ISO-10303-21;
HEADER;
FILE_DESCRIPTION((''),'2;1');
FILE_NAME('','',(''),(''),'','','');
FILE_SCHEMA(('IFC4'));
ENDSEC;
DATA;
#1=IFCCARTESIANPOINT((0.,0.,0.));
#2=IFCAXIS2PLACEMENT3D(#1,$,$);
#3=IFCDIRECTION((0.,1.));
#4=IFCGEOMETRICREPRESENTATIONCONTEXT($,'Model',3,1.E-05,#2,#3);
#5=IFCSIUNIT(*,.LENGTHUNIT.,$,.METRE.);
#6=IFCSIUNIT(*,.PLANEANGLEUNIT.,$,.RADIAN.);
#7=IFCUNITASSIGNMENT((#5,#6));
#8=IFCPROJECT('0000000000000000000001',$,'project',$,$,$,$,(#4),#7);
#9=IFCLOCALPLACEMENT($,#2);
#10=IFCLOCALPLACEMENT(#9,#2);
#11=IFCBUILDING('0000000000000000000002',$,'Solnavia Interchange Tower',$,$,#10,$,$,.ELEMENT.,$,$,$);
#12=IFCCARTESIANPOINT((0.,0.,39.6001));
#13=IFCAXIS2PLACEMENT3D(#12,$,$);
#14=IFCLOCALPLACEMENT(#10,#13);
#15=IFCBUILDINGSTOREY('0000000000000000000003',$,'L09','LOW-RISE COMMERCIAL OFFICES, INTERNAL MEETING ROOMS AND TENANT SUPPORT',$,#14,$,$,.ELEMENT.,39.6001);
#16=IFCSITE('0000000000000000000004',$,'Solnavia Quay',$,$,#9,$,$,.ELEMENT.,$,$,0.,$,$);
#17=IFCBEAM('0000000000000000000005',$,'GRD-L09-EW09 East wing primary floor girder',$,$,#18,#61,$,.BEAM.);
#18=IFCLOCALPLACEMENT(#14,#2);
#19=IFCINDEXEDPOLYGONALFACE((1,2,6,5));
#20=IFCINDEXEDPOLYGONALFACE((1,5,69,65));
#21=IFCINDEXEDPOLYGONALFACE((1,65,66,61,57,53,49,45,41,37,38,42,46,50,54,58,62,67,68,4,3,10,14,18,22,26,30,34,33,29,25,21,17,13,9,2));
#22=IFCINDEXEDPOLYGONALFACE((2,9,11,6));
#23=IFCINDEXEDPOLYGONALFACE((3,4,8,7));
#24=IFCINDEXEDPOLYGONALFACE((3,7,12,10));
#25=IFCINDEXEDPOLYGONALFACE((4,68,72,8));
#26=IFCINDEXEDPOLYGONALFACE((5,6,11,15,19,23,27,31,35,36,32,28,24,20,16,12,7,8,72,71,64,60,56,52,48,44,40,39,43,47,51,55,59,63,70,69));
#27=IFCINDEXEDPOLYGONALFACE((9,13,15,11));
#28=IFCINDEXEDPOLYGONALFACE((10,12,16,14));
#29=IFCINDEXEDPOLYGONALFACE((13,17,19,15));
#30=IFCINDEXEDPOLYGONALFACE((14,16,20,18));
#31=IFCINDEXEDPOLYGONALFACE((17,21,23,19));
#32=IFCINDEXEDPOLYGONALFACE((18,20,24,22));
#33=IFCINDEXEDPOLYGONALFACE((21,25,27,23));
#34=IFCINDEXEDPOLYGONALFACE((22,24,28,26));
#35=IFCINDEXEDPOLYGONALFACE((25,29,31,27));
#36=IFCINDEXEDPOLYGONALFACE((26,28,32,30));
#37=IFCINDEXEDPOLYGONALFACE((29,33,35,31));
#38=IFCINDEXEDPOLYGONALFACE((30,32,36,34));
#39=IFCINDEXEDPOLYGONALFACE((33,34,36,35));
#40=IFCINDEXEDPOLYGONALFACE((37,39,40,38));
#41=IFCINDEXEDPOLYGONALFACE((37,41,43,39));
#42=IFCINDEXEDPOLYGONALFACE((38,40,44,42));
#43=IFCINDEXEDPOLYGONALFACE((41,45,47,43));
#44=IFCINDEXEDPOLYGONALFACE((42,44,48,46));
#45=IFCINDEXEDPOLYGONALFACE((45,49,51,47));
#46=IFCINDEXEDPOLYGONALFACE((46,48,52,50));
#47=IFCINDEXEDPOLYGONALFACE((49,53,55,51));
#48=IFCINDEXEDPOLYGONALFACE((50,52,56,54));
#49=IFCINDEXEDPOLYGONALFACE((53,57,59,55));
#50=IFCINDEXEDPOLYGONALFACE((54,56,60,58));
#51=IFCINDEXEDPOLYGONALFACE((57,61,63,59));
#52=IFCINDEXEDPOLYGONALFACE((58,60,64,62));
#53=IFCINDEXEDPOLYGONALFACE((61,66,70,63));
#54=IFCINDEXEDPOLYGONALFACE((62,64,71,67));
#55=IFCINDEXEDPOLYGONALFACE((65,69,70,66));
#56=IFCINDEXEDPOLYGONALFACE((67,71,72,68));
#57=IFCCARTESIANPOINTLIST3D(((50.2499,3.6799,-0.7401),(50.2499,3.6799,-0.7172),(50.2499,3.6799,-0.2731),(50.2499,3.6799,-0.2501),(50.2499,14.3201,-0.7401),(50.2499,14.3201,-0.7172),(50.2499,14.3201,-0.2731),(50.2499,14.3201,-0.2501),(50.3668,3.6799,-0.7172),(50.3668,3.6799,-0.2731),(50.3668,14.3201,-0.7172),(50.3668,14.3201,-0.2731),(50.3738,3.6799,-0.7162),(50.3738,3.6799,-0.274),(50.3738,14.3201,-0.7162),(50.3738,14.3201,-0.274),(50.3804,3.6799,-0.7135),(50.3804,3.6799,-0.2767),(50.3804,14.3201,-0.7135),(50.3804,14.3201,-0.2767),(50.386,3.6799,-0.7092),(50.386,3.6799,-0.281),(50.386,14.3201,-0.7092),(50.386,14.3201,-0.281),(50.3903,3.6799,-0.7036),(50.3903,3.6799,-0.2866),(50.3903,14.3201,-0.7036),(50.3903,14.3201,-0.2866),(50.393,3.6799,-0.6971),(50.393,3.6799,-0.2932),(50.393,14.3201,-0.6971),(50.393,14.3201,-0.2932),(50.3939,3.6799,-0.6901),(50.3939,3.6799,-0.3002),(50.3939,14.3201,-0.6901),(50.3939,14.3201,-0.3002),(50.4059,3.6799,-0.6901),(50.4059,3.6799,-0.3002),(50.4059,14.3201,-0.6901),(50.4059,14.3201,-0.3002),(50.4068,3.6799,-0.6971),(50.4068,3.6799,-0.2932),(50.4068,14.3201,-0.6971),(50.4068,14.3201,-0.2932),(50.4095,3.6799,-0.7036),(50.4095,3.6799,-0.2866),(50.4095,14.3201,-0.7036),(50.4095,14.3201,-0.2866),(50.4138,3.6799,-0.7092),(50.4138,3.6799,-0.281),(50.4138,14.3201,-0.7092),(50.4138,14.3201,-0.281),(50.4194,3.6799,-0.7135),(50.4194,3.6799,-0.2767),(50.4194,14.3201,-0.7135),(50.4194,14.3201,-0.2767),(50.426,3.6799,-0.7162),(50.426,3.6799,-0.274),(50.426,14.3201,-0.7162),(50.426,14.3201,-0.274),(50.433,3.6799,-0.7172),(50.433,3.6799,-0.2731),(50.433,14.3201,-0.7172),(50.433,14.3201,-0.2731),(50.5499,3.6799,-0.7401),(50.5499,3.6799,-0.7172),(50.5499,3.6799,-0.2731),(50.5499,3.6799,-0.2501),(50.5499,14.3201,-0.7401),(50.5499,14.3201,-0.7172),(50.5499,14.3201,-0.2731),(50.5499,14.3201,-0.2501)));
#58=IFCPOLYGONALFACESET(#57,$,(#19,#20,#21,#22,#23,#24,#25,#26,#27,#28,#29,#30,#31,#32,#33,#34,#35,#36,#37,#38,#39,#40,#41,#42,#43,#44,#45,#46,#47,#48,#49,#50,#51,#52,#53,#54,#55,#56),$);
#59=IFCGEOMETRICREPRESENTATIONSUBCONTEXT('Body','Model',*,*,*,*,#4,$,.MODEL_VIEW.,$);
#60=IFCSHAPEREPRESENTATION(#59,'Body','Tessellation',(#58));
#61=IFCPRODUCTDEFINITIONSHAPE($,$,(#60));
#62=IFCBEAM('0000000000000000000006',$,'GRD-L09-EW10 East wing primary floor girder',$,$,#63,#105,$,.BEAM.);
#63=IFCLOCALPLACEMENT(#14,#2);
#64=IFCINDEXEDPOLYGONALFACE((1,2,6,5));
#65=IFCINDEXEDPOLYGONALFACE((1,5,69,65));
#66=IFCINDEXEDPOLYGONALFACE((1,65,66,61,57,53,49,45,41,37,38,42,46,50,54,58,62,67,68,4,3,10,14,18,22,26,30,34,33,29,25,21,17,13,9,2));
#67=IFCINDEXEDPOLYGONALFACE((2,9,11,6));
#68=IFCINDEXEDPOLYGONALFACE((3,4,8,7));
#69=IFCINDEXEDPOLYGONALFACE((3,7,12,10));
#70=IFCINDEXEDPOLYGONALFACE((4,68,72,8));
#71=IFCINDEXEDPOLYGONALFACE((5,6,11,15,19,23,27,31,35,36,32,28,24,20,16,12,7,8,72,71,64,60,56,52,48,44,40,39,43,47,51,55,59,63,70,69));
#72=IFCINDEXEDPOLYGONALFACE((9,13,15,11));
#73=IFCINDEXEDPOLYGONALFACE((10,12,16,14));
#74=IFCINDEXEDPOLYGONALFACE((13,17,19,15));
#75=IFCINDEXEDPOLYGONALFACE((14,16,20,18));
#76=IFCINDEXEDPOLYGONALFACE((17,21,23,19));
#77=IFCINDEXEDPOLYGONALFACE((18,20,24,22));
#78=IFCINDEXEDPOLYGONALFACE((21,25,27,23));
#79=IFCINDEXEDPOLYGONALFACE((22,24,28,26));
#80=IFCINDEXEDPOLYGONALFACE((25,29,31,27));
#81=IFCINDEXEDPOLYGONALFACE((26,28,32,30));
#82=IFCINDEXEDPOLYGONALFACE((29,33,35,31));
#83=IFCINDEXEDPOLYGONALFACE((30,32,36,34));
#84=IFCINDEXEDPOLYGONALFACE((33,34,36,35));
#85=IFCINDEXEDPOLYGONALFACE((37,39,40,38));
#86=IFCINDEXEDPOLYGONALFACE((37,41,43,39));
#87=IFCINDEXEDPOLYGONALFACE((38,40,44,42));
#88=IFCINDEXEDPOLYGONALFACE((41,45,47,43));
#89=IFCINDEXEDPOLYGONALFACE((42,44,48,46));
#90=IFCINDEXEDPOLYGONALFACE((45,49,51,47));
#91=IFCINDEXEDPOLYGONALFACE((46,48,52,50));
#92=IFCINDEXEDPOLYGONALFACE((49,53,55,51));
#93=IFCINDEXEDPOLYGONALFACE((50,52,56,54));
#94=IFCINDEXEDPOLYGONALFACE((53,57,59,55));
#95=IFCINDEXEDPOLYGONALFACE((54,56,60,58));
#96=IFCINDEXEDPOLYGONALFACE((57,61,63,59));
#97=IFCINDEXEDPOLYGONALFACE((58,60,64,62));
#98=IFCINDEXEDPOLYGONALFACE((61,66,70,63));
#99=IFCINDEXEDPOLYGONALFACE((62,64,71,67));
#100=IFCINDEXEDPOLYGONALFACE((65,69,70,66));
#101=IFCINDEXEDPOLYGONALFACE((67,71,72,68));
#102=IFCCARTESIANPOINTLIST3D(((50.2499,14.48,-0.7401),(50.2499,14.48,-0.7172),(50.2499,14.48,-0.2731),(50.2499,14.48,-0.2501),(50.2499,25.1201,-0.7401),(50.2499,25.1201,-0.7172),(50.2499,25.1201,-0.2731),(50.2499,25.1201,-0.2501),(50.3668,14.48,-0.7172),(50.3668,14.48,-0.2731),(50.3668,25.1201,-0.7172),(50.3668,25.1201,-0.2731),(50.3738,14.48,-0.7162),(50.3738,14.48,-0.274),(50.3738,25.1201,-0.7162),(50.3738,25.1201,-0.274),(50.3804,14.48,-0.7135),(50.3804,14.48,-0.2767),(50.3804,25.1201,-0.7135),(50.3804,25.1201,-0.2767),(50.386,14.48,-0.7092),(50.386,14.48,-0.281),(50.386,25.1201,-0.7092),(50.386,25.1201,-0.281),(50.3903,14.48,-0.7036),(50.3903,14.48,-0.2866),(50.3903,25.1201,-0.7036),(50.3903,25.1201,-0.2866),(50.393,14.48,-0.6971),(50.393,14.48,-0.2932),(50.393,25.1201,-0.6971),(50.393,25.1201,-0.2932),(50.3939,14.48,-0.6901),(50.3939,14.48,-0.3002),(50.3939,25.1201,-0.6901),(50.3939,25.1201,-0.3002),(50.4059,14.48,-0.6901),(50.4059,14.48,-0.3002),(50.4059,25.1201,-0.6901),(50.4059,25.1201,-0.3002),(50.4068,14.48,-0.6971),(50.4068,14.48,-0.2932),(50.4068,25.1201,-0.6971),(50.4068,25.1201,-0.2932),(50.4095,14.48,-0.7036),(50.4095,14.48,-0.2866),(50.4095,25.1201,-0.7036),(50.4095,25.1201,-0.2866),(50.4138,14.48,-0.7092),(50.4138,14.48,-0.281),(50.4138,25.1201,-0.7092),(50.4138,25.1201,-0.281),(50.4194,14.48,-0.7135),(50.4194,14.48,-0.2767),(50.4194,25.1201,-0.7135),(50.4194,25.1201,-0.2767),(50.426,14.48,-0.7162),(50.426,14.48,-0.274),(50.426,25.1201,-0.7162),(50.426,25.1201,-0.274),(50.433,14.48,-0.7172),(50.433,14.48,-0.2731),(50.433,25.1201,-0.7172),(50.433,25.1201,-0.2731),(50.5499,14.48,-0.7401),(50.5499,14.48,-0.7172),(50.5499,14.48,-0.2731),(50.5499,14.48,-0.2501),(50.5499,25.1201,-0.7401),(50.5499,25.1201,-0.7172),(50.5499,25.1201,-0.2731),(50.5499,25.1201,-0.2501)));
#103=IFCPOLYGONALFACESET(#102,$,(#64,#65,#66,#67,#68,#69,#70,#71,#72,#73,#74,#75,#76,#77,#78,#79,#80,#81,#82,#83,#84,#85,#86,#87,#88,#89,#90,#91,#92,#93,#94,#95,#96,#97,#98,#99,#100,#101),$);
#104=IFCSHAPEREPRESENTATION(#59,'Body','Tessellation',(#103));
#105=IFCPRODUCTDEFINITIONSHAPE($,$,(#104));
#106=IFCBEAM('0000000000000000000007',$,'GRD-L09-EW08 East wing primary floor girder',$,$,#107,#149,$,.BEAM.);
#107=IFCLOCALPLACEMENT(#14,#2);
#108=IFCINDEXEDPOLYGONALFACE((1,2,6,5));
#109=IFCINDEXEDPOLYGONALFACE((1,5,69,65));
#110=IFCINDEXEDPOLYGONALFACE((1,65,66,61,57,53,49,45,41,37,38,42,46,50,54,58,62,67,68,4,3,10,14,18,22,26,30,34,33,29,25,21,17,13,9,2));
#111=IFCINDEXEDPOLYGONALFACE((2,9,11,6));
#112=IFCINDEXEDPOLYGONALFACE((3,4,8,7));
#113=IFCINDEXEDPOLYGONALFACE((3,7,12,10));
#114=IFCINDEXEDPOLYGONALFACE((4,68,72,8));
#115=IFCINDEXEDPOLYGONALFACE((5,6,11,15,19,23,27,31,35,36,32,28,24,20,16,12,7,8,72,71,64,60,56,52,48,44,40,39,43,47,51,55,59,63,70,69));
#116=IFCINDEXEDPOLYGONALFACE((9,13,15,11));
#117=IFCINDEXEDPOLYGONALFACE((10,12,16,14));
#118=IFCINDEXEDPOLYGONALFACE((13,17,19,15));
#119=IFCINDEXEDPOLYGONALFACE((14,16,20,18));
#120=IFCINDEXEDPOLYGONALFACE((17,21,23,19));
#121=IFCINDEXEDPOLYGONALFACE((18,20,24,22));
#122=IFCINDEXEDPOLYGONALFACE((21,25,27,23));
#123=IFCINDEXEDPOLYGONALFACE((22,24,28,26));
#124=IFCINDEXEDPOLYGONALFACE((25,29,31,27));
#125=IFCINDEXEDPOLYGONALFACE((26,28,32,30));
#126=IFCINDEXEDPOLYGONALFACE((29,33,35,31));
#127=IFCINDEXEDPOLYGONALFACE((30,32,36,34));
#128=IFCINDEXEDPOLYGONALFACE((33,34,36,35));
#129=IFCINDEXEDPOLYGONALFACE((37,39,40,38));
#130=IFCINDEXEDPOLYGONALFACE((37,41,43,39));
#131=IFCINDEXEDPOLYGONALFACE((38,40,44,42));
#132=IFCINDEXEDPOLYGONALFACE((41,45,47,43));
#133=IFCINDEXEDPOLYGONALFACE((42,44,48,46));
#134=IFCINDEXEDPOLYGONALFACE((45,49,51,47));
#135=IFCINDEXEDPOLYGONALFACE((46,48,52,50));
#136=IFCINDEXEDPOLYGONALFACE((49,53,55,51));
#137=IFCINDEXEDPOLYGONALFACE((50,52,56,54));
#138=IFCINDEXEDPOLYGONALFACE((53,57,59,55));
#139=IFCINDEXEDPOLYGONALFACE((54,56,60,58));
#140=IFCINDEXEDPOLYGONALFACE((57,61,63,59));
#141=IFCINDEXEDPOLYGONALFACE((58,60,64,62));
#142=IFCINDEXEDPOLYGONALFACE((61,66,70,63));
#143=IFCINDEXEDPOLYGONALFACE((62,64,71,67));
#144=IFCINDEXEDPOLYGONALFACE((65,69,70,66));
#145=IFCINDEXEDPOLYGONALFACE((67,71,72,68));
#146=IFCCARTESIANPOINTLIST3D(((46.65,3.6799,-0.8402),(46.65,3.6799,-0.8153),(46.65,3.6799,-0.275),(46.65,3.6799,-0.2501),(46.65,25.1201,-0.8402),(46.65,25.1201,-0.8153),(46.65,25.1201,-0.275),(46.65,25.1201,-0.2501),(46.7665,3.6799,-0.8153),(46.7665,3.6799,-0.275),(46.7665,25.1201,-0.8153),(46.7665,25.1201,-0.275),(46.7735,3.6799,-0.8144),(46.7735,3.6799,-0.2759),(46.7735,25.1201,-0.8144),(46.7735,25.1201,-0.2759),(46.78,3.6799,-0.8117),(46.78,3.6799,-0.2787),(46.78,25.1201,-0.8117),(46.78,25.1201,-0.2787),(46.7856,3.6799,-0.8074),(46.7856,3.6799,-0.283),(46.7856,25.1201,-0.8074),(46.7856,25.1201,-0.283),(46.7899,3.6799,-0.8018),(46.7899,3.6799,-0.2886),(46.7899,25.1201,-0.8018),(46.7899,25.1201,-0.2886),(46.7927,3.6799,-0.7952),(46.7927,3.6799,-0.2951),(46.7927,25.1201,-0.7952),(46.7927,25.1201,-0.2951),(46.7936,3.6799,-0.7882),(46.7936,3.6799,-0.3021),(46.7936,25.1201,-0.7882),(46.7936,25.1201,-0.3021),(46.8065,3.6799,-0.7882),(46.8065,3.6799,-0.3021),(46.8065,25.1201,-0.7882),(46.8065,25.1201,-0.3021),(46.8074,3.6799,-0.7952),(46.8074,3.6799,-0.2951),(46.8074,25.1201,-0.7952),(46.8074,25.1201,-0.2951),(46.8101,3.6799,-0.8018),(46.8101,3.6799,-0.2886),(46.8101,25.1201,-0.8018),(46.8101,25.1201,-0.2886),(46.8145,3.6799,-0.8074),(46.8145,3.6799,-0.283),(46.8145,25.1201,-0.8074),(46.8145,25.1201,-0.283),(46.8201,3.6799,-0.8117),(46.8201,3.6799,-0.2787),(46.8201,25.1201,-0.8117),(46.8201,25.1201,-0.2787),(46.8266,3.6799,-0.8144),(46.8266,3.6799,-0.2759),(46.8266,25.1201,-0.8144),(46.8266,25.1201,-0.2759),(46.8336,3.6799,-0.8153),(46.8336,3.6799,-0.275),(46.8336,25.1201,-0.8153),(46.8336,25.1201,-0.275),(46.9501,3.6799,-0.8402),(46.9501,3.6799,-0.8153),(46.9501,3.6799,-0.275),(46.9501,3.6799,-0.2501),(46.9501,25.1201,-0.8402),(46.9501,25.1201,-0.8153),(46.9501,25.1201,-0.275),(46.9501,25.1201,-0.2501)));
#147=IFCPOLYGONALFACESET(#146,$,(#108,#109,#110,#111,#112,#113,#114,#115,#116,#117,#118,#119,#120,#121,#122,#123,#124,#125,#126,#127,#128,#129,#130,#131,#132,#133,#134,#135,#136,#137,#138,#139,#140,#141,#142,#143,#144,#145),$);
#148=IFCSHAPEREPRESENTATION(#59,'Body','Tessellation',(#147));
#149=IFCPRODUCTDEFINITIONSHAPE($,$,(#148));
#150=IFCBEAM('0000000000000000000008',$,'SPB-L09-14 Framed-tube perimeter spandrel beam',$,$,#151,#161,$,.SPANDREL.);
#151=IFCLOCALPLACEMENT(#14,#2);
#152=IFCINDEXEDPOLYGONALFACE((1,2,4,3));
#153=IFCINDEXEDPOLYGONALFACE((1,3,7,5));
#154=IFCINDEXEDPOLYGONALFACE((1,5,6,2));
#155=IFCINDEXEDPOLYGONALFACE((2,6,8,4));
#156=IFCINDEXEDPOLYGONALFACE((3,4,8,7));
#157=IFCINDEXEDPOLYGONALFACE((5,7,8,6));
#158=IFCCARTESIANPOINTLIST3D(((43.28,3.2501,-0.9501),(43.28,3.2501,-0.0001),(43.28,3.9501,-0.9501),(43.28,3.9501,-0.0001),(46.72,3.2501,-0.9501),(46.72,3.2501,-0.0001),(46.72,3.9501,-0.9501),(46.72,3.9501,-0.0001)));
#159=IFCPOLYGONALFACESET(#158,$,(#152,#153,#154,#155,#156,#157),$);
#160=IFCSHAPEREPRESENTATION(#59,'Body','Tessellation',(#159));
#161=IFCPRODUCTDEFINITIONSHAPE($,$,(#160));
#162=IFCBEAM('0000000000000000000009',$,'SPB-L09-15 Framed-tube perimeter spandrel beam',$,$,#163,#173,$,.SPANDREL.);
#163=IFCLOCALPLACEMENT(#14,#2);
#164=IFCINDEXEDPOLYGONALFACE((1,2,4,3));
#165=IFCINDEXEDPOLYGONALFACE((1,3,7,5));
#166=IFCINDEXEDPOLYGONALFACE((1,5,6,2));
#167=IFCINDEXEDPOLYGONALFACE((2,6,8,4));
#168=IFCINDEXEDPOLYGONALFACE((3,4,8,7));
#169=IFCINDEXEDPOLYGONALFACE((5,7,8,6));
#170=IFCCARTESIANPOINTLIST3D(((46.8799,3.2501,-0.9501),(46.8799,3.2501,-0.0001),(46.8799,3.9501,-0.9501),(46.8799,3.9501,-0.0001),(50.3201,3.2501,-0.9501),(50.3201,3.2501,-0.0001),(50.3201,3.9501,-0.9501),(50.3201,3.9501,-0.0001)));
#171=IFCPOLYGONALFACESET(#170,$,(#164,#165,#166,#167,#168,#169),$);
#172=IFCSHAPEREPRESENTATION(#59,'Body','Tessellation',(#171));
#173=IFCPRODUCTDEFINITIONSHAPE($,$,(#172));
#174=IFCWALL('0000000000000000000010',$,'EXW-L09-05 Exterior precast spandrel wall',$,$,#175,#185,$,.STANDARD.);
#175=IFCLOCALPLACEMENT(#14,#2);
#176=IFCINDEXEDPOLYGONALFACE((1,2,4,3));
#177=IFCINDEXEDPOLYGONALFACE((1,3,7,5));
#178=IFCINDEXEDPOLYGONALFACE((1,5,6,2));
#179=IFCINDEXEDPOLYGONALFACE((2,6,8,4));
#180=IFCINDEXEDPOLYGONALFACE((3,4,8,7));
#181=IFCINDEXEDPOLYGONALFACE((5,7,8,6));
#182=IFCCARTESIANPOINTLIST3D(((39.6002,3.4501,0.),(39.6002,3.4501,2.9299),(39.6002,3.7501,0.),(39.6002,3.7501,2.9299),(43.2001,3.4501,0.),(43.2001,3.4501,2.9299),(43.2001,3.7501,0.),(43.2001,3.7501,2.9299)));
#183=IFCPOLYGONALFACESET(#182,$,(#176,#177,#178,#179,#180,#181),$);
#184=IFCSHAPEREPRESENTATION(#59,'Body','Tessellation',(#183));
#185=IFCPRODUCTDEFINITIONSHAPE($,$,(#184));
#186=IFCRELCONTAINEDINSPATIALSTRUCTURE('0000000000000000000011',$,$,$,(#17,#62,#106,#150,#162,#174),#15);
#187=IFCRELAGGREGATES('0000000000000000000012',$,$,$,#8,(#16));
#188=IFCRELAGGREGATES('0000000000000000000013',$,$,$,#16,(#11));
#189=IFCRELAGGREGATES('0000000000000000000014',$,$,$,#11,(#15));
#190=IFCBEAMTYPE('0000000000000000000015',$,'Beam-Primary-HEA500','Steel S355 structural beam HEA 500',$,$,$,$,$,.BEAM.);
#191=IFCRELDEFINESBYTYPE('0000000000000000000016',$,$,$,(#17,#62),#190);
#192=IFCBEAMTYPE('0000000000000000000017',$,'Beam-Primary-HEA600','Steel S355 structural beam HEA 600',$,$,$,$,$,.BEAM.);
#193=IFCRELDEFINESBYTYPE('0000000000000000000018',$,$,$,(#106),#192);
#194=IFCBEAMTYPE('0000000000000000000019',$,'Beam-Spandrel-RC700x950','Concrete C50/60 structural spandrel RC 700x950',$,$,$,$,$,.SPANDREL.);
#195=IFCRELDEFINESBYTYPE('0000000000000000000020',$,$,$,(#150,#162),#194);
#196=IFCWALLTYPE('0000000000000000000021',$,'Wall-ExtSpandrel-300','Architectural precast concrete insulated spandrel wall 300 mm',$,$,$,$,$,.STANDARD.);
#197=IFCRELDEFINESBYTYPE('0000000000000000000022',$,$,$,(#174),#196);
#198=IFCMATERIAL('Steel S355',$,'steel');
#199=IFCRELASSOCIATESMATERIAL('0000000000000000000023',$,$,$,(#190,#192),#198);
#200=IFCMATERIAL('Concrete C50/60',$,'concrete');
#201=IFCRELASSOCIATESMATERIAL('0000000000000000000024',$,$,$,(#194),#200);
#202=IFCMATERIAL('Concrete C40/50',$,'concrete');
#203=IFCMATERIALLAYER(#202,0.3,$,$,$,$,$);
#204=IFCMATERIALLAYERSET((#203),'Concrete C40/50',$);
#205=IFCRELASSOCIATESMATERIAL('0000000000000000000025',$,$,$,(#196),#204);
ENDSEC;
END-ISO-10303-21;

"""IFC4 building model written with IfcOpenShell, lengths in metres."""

from ifc_helpers import new_model, si_unit, direction, frame, frame_2d, origin, origin_2d, place, context, subcontext, project, spatial, rectangle, i_section, extrude, material, layer, layer_set, material_profile, profile_set, type_object, element, save


model = new_model("IFC4")

# Units and contexts
model_context = context("Model", 3, precision=1e-05, world=origin(), true_north=direction((0.0, 1.0)))
body_context = subcontext(model_context, "Body", "Model", "MODEL_VIEW")
ifc_project = project(units=[si_unit("LENGTHUNIT", "METRE"), si_unit("PLANEANGLEUNIT", "RADIAN")], contexts=[model_context])

# Site, building, storey
site_placement = place(None, origin())
site = spatial("IfcSite", under=ifc_project, at=site_placement, Name="Solnavia Quay", CompositionType="ELEMENT", RefElevation=0.0)
building_placement = place(site_placement, origin())
building = spatial("IfcBuilding", under=site, at=building_placement, Name="Solnavia Interchange Tower", CompositionType="ELEMENT")
storey_placement = place(building_placement, frame((0.0, 0.0, 39.6001)))
storey = spatial("IfcBuildingStorey", under=building, at=storey_placement, Name="L09", Description="LOW-RISE COMMERCIAL OFFICES, INTERNAL MEETING ROOMS AND TENANT SUPPORT", CompositionType="ELEMENT", Elevation=39.6001)

# Shared definitions
ifc_material_1 = material(Name="Steel S355", Category="steel")

# Beams
ifc_material_profile_1 = material_profile(ifc_material_1, i_section(OverallWidth=0.3, OverallDepth=0.49, WebThickness=0.012, FlangeThickness=0.0229, FilletRadius=0.0271, at=origin_2d()), Name="HEA 500")
ifc_profile_set_1 = profile_set([ifc_material_profile_1], Name="Steel S355")
beam_type_1 = type_object("IfcBeamType", Name="Beam-Primary-HEA500", Description="Steel S355 structural beam HEA 500", PredefinedType="BEAM", material=ifc_profile_set_1)
for number, where, z_axis, x_axis, name in (
    (1, (50.3999, 3.6799, -0.4951), (0.0, 1.0, 0.0), (-1.0, 0.0, 0.0), "GRD-L09-EW09 East wing primary floor girder"),
    (2, (50.3999, 14.48, -0.4951), (0.0, 1.0, 0.0), (-1.0, 0.0, 0.0), "GRD-L09-EW10 East wing primary floor girder"),
):
    element("IfcBeam", number, at=place(storey_placement, frame(where, z_axis=z_axis, x_axis=x_axis)), inside=storey, type_object=beam_type_1, Name=name, PredefinedType="BEAM", context=body_context, shape_type="SweptSolid", body=[
        extrude(i_section(OverallWidth=0.3, OverallDepth=0.49, WebThickness=0.012, FlangeThickness=0.0229, FilletRadius=0.0271, at=origin_2d()), origin(), (0.0, 0.0, 1.0), 10.6401),
    ])
ifc_material_profile_2 = material_profile(ifc_material_1, i_section(OverallWidth=0.3, OverallDepth=0.5901, WebThickness=0.0129, FlangeThickness=0.0249, FilletRadius=0.0271, at=origin_2d()), Name="HEA 600")
ifc_profile_set_2 = profile_set([ifc_material_profile_2], Name="Steel S355")
beam_type_2 = type_object("IfcBeamType", Name="Beam-Primary-HEA600", Description="Steel S355 structural beam HEA 600", PredefinedType="BEAM", material=ifc_profile_set_2)
beam_1_placement = place(storey_placement, frame((46.8, 3.6799, -0.5452), z_axis=(0.0, 1.0, 0.0), x_axis=(-1.0, 0.0, 0.0)))
element("IfcBeam", 3, at=beam_1_placement, inside=storey, type_object=beam_type_2, Name="GRD-L09-EW08 East wing primary floor girder", PredefinedType="BEAM", context=body_context, shape_type="SweptSolid", body=[
    extrude(i_section(OverallWidth=0.3, OverallDepth=0.5901, WebThickness=0.0129, FlangeThickness=0.0249, FilletRadius=0.0271, at=origin_2d()), origin(), (0.0, 0.0, 1.0), 21.4402),
])
ifc_material_2 = material(Name="Concrete C50/60", Category="concrete")
ifc_material_profile_3 = material_profile(ifc_material_2, rectangle(XDim=0.7, YDim=0.95, at=origin_2d()), Name="RC 700x950")
ifc_profile_set_3 = profile_set([ifc_material_profile_3], Name="Concrete C50/60")
beam_type_3 = type_object("IfcBeamType", Name="Beam-Spandrel-RC700x950", Description="Concrete C50/60 structural spandrel RC 700x950", PredefinedType="SPANDREL", material=ifc_profile_set_3)
beam_2_placement = place(storey_placement, frame((43.28, 3.6001, -0.4751), z_axis=(1.0, 0.0, 0.0), x_axis=(0.0, 1.0, 0.0)))
element("IfcBeam", 4, at=beam_2_placement, inside=storey, type_object=beam_type_3, Name="SPB-L09-14 Framed-tube perimeter spandrel beam", PredefinedType="SPANDREL", context=body_context, shape_type="SweptSolid", body=[
    extrude(rectangle(XDim=0.7, YDim=0.95, at=origin_2d()), origin(), (0.0, 0.0, 1.0), 3.4399),
])
beam_3_placement = place(storey_placement, frame((46.8799, 3.6001, -0.4751), z_axis=(1.0, 0.0, 0.0), x_axis=(0.0, 1.0, 0.0)))
element("IfcBeam", 5, at=beam_3_placement, inside=storey, type_object=beam_type_3, Name="SPB-L09-15 Framed-tube perimeter spandrel beam", PredefinedType="SPANDREL", context=body_context, shape_type="SweptSolid", body=[
    extrude(rectangle(XDim=0.7, YDim=0.95, at=origin_2d()), origin(), (0.0, 0.0, 1.0), 3.4402),
])

# Wall
ifc_material_3 = material(Name="Concrete C40/50", Category="concrete")
ifc_layer_1 = layer(ifc_material_3, 0.3)
ifc_layer_set_1 = layer_set([ifc_layer_1], Name="Concrete C40/50")
wall_type_1 = type_object("IfcWallType", Name="Wall-ExtSpandrel-300", Description="Architectural precast concrete insulated spandrel wall 300 mm", PredefinedType="STANDARD", material=ifc_layer_set_1)
wall_1_placement = place(storey_placement, frame((43.2, 3.6001, 0.0), z_axis=(0.0, 0.0, 1.0), x_axis=(-1.0, 0.0, 0.0)))
element("IfcWall", 6, at=wall_1_placement, inside=storey, type_object=wall_type_1, Name="EXW-L09-05 Exterior precast spandrel wall", PredefinedType="STANDARD", context=body_context, shape_type="SweptSolid", body=[
    extrude(rectangle(XDim=3.5999, YDim=0.3, at=frame_2d((1.7998, 0.0))), origin(), (0.0, 0.0, 1.0), 2.9299),
])

save(model, "model.ifc")
